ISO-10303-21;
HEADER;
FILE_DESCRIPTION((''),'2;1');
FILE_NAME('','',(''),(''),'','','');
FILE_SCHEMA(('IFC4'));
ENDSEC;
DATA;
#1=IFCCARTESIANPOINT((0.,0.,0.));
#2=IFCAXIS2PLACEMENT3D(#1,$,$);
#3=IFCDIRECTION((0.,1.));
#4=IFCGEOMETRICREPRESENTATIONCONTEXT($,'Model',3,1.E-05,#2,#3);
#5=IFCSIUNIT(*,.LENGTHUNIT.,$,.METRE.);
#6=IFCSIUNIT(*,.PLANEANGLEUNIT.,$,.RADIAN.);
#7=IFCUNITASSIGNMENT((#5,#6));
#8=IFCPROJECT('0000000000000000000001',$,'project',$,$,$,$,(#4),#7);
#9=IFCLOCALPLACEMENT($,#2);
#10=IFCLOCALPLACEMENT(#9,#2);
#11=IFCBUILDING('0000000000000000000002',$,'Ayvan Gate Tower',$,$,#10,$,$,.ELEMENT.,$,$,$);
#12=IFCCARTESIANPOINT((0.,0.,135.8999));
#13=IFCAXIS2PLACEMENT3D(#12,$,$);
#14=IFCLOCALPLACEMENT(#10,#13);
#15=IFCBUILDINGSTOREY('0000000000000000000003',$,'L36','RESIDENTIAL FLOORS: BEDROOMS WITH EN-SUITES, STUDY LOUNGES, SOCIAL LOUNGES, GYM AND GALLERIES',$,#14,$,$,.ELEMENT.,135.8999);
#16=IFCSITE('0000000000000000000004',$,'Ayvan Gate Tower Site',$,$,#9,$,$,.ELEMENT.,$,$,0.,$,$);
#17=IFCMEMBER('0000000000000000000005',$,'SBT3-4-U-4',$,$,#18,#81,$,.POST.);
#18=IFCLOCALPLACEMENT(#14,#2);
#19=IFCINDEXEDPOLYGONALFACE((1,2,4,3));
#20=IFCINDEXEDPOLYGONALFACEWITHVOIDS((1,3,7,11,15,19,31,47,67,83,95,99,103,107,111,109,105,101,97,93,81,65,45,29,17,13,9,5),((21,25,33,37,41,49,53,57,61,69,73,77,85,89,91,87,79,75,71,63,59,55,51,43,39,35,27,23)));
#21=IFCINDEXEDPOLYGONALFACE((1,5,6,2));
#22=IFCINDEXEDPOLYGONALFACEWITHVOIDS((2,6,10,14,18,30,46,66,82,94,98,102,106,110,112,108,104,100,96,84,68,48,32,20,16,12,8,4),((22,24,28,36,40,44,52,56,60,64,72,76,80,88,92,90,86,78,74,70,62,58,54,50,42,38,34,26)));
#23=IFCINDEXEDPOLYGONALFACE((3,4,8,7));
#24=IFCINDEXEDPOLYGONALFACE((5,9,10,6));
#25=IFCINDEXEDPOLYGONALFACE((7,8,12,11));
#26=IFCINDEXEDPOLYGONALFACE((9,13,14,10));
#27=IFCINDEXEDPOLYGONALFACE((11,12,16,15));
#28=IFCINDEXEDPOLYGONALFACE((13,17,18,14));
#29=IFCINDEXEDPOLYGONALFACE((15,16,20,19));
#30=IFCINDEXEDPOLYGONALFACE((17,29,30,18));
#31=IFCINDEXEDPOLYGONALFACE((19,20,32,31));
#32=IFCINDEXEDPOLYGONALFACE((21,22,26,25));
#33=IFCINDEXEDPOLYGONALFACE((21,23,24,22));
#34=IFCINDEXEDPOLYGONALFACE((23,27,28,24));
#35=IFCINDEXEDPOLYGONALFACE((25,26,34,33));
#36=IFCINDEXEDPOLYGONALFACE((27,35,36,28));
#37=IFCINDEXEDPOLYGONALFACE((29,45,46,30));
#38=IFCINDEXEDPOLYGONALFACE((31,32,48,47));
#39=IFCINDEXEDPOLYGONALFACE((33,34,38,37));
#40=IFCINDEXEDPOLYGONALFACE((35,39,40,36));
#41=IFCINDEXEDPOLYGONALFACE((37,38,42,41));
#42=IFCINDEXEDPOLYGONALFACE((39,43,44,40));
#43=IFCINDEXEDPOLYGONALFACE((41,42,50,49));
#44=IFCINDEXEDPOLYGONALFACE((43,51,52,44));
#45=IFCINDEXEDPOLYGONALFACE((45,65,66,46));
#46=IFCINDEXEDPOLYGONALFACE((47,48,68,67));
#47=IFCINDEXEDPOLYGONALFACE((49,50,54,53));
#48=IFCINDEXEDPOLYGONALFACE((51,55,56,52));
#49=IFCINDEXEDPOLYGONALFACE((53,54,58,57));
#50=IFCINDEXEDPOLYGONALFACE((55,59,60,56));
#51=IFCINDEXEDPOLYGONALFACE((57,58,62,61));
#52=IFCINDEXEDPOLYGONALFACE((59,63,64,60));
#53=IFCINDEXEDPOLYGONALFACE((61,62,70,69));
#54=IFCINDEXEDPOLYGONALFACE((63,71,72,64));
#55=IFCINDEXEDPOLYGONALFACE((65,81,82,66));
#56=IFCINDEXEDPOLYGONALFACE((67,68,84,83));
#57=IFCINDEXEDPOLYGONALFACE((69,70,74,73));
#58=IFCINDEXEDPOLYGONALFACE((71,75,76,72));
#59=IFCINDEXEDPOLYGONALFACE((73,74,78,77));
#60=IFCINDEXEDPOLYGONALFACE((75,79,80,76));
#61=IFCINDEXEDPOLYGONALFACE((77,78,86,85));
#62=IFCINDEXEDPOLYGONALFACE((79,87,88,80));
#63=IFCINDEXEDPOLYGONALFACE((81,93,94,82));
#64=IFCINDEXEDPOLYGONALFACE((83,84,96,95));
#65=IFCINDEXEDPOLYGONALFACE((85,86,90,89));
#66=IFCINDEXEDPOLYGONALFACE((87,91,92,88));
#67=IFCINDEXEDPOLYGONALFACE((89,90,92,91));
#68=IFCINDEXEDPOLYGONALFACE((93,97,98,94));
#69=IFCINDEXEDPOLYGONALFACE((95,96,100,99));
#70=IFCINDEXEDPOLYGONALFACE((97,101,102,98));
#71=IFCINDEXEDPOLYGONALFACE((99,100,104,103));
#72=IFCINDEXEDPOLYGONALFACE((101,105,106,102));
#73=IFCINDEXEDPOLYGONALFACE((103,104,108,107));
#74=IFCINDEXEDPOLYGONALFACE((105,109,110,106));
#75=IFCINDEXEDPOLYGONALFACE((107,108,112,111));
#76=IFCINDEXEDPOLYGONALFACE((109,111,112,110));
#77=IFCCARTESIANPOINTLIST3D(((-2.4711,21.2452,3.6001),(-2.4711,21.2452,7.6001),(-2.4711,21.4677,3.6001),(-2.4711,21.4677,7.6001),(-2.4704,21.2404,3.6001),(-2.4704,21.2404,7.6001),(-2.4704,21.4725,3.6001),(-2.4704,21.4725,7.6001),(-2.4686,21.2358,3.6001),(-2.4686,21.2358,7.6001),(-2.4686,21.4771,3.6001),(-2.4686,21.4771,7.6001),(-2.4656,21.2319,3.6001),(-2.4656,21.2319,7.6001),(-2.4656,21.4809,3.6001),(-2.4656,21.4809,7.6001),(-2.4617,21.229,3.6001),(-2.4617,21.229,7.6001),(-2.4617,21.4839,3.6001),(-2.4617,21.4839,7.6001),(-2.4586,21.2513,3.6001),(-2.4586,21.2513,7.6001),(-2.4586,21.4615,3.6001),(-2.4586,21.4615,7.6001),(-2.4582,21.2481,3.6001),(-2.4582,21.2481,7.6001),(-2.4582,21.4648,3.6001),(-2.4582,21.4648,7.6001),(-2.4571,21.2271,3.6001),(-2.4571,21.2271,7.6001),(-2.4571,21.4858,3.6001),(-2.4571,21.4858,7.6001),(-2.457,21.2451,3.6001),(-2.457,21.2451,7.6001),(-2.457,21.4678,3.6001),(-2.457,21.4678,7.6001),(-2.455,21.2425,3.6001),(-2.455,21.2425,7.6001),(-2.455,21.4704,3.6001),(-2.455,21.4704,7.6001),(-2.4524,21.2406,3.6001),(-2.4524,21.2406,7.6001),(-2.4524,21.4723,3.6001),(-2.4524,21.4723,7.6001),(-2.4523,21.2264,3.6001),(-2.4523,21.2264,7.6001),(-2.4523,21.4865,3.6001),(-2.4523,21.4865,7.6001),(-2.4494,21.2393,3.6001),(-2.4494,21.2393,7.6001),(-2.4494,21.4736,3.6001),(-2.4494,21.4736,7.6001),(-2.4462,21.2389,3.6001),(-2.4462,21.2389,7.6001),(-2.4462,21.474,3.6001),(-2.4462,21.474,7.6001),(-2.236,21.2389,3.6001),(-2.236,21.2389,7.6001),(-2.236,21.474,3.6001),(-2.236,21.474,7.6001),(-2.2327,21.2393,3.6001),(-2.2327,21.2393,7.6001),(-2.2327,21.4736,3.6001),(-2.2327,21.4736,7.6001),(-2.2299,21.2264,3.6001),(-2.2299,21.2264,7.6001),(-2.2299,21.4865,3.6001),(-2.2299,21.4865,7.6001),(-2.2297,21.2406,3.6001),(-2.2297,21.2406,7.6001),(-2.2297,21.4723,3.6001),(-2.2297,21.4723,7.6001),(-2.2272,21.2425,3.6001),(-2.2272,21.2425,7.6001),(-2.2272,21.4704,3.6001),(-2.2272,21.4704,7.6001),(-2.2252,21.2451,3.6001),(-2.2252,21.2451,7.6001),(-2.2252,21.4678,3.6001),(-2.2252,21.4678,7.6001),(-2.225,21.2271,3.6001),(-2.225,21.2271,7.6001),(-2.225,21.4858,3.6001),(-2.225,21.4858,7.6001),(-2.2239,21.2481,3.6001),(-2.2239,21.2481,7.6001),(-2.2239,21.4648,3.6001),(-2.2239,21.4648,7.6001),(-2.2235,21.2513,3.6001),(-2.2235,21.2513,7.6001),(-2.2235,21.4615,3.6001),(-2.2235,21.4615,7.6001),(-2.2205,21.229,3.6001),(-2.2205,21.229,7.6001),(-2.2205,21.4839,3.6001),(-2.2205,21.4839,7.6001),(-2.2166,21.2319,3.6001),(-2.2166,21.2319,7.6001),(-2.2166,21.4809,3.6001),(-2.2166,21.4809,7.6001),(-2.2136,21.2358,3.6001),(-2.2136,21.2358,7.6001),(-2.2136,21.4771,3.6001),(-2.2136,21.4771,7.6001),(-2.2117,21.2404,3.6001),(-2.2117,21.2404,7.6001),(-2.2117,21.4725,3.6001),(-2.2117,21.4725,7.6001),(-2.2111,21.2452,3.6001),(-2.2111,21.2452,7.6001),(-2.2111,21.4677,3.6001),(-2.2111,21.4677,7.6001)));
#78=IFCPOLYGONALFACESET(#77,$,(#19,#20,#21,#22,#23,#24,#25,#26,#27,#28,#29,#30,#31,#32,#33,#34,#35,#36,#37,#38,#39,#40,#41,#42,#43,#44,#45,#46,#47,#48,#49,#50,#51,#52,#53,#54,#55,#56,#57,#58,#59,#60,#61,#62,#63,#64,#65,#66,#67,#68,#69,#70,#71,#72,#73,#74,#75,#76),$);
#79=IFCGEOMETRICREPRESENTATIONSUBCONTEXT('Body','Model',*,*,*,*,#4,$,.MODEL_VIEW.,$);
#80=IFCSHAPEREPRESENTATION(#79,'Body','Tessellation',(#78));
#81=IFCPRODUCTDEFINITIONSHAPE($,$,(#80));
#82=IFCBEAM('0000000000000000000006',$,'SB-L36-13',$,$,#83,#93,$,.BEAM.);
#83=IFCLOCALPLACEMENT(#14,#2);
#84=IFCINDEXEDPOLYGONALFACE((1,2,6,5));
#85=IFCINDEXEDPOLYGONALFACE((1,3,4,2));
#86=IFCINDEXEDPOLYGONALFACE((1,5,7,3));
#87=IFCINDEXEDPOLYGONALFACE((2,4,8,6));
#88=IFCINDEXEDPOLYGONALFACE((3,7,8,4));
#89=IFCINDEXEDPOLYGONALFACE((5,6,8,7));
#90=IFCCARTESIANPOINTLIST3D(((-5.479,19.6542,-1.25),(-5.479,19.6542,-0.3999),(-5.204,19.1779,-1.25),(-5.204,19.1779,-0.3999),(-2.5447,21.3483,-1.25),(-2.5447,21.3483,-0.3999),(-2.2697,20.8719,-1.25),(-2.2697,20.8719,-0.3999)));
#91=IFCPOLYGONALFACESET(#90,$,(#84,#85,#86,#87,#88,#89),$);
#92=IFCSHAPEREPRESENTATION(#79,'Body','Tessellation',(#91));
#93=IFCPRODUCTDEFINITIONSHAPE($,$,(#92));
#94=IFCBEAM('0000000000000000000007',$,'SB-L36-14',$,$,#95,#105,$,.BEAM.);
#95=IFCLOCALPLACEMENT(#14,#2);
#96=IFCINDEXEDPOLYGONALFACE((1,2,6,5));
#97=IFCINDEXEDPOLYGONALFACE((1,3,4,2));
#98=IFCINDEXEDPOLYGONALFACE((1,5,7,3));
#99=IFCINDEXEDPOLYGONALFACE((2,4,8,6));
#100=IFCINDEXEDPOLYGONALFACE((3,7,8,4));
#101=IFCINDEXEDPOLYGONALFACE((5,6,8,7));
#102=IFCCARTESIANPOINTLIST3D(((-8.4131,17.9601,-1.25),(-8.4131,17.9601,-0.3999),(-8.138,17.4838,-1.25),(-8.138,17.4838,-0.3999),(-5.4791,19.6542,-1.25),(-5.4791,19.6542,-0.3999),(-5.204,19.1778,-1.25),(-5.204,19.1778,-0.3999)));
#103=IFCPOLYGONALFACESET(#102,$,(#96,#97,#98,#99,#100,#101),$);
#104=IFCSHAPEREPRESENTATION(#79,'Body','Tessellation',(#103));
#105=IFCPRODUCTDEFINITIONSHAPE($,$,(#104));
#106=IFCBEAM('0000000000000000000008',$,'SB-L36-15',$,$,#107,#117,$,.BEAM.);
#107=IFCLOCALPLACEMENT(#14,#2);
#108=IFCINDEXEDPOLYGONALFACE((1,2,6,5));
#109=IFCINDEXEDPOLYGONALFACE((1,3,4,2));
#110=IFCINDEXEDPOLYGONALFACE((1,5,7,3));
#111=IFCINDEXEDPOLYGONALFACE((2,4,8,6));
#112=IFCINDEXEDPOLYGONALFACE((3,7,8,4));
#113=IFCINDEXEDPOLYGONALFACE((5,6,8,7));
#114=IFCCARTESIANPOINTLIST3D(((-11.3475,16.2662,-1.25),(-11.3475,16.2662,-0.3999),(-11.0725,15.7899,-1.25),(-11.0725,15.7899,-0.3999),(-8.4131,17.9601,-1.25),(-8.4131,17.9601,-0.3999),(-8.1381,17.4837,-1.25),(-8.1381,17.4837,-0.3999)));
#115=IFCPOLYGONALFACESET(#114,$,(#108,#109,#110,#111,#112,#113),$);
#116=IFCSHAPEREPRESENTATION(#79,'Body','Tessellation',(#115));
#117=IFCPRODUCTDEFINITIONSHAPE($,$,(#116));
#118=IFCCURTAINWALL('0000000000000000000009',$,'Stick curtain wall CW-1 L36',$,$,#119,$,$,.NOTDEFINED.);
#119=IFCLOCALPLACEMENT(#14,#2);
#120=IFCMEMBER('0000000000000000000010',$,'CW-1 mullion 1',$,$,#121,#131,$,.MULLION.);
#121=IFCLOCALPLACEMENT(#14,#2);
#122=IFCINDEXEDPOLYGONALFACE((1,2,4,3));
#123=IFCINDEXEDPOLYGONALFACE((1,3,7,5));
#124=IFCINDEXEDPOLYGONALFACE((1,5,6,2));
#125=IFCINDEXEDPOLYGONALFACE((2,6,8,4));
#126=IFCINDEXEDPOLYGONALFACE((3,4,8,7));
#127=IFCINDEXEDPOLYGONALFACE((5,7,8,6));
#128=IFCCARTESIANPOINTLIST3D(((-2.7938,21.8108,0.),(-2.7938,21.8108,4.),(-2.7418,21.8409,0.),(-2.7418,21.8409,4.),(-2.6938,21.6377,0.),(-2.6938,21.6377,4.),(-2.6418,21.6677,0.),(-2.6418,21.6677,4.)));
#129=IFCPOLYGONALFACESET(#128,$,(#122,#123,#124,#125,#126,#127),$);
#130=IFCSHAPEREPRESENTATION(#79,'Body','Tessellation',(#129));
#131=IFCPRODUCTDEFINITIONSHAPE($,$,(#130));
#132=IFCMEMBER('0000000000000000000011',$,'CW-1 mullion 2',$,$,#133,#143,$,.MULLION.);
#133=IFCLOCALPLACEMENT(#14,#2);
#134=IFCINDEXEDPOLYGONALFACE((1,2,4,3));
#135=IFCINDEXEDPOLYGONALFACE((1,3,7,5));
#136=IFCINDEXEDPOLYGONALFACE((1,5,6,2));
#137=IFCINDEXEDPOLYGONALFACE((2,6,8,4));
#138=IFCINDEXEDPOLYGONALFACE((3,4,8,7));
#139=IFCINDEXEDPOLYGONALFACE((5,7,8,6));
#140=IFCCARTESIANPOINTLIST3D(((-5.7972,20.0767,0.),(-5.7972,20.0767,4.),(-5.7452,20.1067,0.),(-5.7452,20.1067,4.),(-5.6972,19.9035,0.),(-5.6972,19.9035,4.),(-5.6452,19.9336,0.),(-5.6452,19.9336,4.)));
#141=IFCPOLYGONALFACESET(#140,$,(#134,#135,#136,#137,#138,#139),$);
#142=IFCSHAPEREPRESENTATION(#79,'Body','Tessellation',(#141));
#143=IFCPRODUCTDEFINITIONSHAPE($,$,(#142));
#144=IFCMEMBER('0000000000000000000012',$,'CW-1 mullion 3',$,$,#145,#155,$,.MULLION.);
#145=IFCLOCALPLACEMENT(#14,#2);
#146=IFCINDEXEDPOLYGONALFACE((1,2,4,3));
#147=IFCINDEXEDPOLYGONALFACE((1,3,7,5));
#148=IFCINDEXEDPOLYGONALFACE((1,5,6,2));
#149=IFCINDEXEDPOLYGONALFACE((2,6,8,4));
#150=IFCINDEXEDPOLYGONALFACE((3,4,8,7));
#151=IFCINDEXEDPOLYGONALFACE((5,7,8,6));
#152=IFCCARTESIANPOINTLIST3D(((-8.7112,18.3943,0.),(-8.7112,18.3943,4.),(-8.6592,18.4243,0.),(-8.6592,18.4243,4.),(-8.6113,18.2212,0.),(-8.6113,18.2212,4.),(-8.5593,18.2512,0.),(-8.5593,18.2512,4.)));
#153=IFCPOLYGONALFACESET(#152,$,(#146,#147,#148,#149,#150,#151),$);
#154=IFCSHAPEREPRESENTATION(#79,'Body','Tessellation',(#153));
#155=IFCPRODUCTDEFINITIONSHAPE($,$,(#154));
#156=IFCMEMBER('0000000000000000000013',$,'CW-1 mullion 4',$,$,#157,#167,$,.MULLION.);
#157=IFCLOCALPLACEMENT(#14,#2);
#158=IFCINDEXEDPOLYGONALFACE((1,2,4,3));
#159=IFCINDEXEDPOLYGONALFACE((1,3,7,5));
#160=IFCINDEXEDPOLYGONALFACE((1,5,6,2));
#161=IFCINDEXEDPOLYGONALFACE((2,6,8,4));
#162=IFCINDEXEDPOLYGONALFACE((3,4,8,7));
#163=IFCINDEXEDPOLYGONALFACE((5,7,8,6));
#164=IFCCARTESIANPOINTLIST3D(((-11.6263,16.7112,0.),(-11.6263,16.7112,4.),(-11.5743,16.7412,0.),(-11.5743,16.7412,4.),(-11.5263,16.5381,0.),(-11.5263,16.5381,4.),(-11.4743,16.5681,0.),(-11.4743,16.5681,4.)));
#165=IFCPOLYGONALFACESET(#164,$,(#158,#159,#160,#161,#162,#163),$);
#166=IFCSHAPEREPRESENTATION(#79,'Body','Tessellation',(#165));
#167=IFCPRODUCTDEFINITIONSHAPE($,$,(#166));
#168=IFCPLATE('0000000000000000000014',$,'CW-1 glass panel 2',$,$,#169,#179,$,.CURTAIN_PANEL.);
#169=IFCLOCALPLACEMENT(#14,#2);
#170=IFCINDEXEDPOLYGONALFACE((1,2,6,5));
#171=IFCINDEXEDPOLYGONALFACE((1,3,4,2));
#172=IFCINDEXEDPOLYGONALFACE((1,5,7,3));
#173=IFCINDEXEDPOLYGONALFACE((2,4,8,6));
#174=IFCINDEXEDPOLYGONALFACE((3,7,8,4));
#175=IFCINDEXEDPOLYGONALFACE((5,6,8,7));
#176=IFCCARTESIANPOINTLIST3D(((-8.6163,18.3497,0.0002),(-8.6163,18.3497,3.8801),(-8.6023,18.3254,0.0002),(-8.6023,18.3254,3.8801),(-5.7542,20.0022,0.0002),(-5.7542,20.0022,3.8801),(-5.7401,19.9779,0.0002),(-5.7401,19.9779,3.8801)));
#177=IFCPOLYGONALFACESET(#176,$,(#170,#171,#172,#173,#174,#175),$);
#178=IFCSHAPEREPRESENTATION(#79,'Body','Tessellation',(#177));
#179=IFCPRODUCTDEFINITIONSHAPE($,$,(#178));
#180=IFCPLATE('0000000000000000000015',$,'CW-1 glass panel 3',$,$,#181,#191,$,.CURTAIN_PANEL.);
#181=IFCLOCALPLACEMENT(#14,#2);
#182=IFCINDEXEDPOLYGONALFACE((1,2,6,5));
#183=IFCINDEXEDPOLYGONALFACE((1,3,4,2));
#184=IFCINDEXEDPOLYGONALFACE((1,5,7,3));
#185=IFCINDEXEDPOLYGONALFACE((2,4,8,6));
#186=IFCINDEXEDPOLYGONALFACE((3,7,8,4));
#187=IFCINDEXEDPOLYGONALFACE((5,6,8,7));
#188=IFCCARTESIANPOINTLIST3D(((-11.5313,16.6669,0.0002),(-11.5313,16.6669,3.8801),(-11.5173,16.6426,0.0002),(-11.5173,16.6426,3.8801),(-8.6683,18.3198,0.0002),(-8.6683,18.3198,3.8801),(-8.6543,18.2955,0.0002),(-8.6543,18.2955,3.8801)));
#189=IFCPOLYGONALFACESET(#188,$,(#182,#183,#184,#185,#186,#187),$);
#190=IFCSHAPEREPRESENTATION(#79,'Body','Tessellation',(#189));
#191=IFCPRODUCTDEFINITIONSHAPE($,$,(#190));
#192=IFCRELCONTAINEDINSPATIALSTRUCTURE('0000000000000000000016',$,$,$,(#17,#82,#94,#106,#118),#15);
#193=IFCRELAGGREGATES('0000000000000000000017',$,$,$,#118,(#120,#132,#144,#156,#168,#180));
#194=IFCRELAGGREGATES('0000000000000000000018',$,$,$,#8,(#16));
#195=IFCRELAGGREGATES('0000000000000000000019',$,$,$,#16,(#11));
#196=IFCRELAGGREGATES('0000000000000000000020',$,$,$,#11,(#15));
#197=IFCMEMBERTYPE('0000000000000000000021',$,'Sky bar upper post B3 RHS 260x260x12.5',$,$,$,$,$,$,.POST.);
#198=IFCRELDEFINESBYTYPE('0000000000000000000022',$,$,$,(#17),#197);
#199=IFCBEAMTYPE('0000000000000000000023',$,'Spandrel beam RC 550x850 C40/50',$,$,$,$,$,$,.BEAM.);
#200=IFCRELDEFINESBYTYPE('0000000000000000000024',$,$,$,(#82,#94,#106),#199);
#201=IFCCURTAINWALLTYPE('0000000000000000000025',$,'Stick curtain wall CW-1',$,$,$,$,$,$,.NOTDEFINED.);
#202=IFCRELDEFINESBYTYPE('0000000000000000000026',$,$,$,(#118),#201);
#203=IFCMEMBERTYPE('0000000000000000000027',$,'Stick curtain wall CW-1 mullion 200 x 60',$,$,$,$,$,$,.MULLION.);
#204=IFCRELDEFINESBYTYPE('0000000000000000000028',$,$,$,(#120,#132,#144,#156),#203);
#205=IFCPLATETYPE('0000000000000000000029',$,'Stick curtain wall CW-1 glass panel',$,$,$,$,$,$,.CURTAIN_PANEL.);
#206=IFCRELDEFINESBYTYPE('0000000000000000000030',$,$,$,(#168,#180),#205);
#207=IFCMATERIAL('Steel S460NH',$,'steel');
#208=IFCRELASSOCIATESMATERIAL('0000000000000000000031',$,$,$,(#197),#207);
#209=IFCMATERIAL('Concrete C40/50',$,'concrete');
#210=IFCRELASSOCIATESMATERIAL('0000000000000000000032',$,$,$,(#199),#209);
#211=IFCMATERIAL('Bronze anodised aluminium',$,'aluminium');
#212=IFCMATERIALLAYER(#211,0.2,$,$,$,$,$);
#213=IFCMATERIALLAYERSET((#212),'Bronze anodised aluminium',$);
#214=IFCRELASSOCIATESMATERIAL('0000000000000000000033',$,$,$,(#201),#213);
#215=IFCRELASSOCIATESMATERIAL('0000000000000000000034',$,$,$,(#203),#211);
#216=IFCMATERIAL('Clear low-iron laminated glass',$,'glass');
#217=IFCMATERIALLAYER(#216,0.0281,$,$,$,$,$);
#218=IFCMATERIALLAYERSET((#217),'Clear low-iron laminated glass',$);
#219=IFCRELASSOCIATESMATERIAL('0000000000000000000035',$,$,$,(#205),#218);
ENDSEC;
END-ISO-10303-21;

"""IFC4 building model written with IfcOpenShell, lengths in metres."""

from ifc_helpers import new_model, si_unit, direction, frame, origin, origin_2d, place, context, subcontext, project, spatial, rectangle, hollow_rectangle, extrude, material, layer, layer_set, material_profile, profile_set, type_object, element, aggregate, save


model = new_model("IFC4")

# Units and contexts
model_context = context("Model", 3, precision=1e-05, world=origin(), true_north=direction((0.0, 1.0)))
body_context = subcontext(model_context, "Body", "Model", "MODEL_VIEW")
ifc_project = project(units=[si_unit("LENGTHUNIT", "METRE"), si_unit("PLANEANGLEUNIT", "RADIAN")], contexts=[model_context])

# Site, building, storey
site_placement = place(None, origin())
site = spatial("IfcSite", under=ifc_project, at=site_placement, Name="Ayvan Gate Tower Site", CompositionType="ELEMENT", RefElevation=0.0)
building_placement = place(site_placement, origin())
building = spatial("IfcBuilding", under=site, at=building_placement, Name="Ayvan Gate Tower", CompositionType="ELEMENT")
storey_placement = place(building_placement, frame((0.0, 0.0, 135.8999)))
storey = spatial("IfcBuildingStorey", under=building, at=storey_placement, Name="L36", Description="RESIDENTIAL FLOORS: BEDROOMS WITH EN-SUITES, STUDY LOUNGES, SOCIAL LOUNGES, GYM AND GALLERIES", CompositionType="ELEMENT", Elevation=135.8999)

# Shared definitions
ifc_material_1 = material(Name="Concrete C40/50", Category="concrete")

# Member
ifc_material_2 = material(Name="Steel S460NH", Category="steel")
ifc_material_profile_1 = material_profile(ifc_material_2, hollow_rectangle(XDim=0.26, YDim=0.26, WallThickness=0.0125, InnerFilletRadius=0.0125, OuterFilletRadius=0.0188, at=origin_2d()), Name="RHS 260x260x12.5")
ifc_profile_set_1 = profile_set([ifc_material_profile_1], Name="Steel S460NH")
member_type_1 = type_object("IfcMemberType", Name="Sky bar upper post B3 RHS 260x260x12.5", PredefinedType="POST", material=ifc_profile_set_1)
for number, where, z_axis, x_axis, name in (
    (1, (-2.3411, 21.3564, 3.6001), (0.0, 0.0, 1.0), (1.0, 0.0, 0.0), "SBT3-4-U-4"),
):
    element("IfcMember", number, at=place(storey_placement, frame(where, z_axis=z_axis, x_axis=x_axis)), inside=storey, type_object=member_type_1, Name=name, PredefinedType="POST", context=body_context, shape_type="SweptSolid", body=[
        extrude(hollow_rectangle(XDim=0.26, YDim=0.26, WallThickness=0.0125, InnerFilletRadius=0.0125, OuterFilletRadius=0.0188, at=origin_2d()), origin(), (0.0, 0.0, 1.0), 4.0),
    ])

# Beams
ifc_material_profile_2 = material_profile(ifc_material_1, rectangle(XDim=0.55, YDim=0.8501, at=origin_2d()), Name="RC 550x850")
ifc_profile_set_2 = profile_set([ifc_material_profile_2], Name="Concrete C40/50")
beam_type_1 = type_object("IfcBeamType", Name="Spandrel beam RC 550x850 C40/50", PredefinedType="BEAM", material=ifc_profile_set_2)
beam_1_placement = place(storey_placement, frame((-2.4072, 21.1101, -0.825), z_axis=(-0.866031, -0.499991, 0.0), x_axis=(0.499991, -0.866031, 0.0)))
element("IfcBeam", 2, at=beam_1_placement, inside=storey, type_object=beam_type_1, Name="SB-L36-13", PredefinedType="BEAM", context=body_context, shape_type="SweptSolid", body=[
    extrude(rectangle(XDim=0.55, YDim=0.8501, at=origin_2d()), origin(), (0.0, 0.0, 1.0), 3.3882),
])
beam_2_placement = place(storey_placement, frame((-5.3416, 19.416, -0.825), z_axis=(-0.866013, -0.500022, 0.0), x_axis=(0.500022, -0.866013, 0.0)))
element("IfcBeam", 3, at=beam_2_placement, inside=storey, type_object=beam_type_1, Name="SB-L36-14", PredefinedType="BEAM", context=body_context, shape_type="SweptSolid", body=[
    extrude(rectangle(XDim=0.55, YDim=0.8501, at=origin_2d()), origin(), (0.0, 0.0, 1.0), 3.3879),
])
beam_3_placement = place(storey_placement, frame((-8.2756, 17.7219, -0.825), z_axis=(-0.866062, -0.499937, 0.0), x_axis=(0.499937, -0.866062, 0.0)))
element("IfcBeam", 4, at=beam_3_placement, inside=storey, type_object=beam_type_1, Name="SB-L36-15", PredefinedType="BEAM", context=body_context, shape_type="SweptSolid", body=[
    extrude(rectangle(XDim=0.55, YDim=0.8501, at=origin_2d()), origin(), (0.0, 0.0, 1.0), 3.3882),
])

# Curtain wall, members, plates
ifc_material_3 = material(Name="Bronze anodised aluminium", Category="aluminium")
ifc_layer_1 = layer(ifc_material_3, 0.2)
ifc_layer_set_1 = layer_set([ifc_layer_1], Name="Bronze anodised aluminium")
curtain_wall_type = type_object("IfcCurtainWallType", Name="Stick curtain wall CW-1", PredefinedType="NOTDEFINED", material=ifc_layer_set_1)
curtain_wall_placement = place(storey_placement, origin())
curtain_wall = element("IfcCurtainWall", 5, at=curtain_wall_placement, inside=storey, type_object=curtain_wall_type, Name="Stick curtain wall CW-1 L36", PredefinedType="NOTDEFINED")
ifc_material_profile_3 = material_profile(ifc_material_3, rectangle(XDim=0.2, YDim=0.0601, at=origin_2d()), Name="Stick curtain wall CW-1 mullion 200 x 60")
ifc_profile_set_3 = profile_set([ifc_material_profile_3], Name="Bronze anodised aluminium")
member_type_2 = type_object("IfcMemberType", Name="Stick curtain wall CW-1 mullion 200 x 60", PredefinedType="MULLION", material=ifc_profile_set_3)
member_1_placement = place(storey_placement, frame((-2.7178, 21.7393, 0.0), z_axis=(0.0, 0.0, 1.0), x_axis=(-0.5, 0.866025, 0.0)))
member_1 = element("IfcMember", 6, at=member_1_placement, type_object=member_type_2, Name="CW-1 mullion 1", PredefinedType="MULLION", context=body_context, shape_type="SweptSolid", body=[
    extrude(rectangle(XDim=0.2, YDim=0.0601, at=origin_2d()), origin(), (0.0, 0.0, 1.0), 4.0),
])
member_2_placement = place(storey_placement, frame((-5.7212, 20.0051, 0.0), z_axis=(0.0, 0.0, 1.0), x_axis=(-0.5, 0.866025, 0.0)))
member_2 = element("IfcMember", 7, at=member_2_placement, type_object=member_type_2, Name="CW-1 mullion 2", PredefinedType="MULLION", context=body_context, shape_type="SweptSolid", body=[
    extrude(rectangle(XDim=0.2, YDim=0.0601, at=origin_2d()), origin(), (0.0, 0.0, 1.0), 4.0),
])
member_3_placement = place(storey_placement, frame((-8.6353, 18.3228, 0.0), z_axis=(0.0, 0.0, 1.0), x_axis=(-0.5, 0.866025, 0.0)))
member_3 = element("IfcMember", 8, at=member_3_placement, type_object=member_type_2, Name="CW-1 mullion 3", PredefinedType="MULLION", context=body_context, shape_type="SweptSolid", body=[
    extrude(rectangle(XDim=0.2, YDim=0.0601, at=origin_2d()), origin(), (0.0, 0.0, 1.0), 4.0),
])
member_4_placement = place(storey_placement, frame((-11.5503, 16.6396, 0.0), z_axis=(0.0, 0.0, 1.0), x_axis=(-0.5, 0.866025, 0.0)))
member_4 = element("IfcMember", 9, at=member_4_placement, type_object=member_type_2, Name="CW-1 mullion 4", PredefinedType="MULLION", context=body_context, shape_type="SweptSolid", body=[
    extrude(rectangle(XDim=0.2, YDim=0.0601, at=origin_2d()), origin(), (0.0, 0.0, 1.0), 4.0),
])
ifc_material_4 = material(Name="Clear low-iron laminated glass", Category="glass")
ifc_layer_2 = layer(ifc_material_4, 0.0281)
ifc_layer_set_2 = layer_set([ifc_layer_2], Name="Clear low-iron laminated glass")
plate_type_1 = type_object("IfcPlateType", Name="Stick curtain wall CW-1 glass panel", PredefinedType="CURTAIN_PANEL", material=ifc_layer_set_2)
plate_1_placement = place(storey_placement, frame((-7.1782, 19.1638, 0.0002), z_axis=(0.0, 0.0, 1.0), x_axis=(-0.866025, -0.5, 0.0)))
plate_1 = element("IfcPlate", 10, at=plate_1_placement, type_object=plate_type_1, Name="CW-1 glass panel 2", PredefinedType="CURTAIN_PANEL", context=body_context, shape_type="SweptSolid", body=[
    extrude(rectangle(XDim=3.3049, YDim=0.0281, at=origin_2d()), origin(), (0.0, 0.0, 1.0), 3.8799),
])
plate_2_placement = place(storey_placement, frame((-10.0928, 17.4812, 0.0002), z_axis=(0.0, 0.0, 1.0), x_axis=(-0.866025, -0.5, 0.0)))
plate_2 = element("IfcPlate", 11, at=plate_2_placement, type_object=plate_type_1, Name="CW-1 glass panel 3", PredefinedType="CURTAIN_PANEL", context=body_context, shape_type="SweptSolid", body=[
    extrude(rectangle(XDim=3.3059, YDim=0.0281, at=origin_2d()), origin(), (0.0, 0.0, 1.0), 3.8799),
])
aggregate(curtain_wall, [member_1, member_2, member_3, member_4, plate_1, plate_2])

save(model, "model.ifc")
